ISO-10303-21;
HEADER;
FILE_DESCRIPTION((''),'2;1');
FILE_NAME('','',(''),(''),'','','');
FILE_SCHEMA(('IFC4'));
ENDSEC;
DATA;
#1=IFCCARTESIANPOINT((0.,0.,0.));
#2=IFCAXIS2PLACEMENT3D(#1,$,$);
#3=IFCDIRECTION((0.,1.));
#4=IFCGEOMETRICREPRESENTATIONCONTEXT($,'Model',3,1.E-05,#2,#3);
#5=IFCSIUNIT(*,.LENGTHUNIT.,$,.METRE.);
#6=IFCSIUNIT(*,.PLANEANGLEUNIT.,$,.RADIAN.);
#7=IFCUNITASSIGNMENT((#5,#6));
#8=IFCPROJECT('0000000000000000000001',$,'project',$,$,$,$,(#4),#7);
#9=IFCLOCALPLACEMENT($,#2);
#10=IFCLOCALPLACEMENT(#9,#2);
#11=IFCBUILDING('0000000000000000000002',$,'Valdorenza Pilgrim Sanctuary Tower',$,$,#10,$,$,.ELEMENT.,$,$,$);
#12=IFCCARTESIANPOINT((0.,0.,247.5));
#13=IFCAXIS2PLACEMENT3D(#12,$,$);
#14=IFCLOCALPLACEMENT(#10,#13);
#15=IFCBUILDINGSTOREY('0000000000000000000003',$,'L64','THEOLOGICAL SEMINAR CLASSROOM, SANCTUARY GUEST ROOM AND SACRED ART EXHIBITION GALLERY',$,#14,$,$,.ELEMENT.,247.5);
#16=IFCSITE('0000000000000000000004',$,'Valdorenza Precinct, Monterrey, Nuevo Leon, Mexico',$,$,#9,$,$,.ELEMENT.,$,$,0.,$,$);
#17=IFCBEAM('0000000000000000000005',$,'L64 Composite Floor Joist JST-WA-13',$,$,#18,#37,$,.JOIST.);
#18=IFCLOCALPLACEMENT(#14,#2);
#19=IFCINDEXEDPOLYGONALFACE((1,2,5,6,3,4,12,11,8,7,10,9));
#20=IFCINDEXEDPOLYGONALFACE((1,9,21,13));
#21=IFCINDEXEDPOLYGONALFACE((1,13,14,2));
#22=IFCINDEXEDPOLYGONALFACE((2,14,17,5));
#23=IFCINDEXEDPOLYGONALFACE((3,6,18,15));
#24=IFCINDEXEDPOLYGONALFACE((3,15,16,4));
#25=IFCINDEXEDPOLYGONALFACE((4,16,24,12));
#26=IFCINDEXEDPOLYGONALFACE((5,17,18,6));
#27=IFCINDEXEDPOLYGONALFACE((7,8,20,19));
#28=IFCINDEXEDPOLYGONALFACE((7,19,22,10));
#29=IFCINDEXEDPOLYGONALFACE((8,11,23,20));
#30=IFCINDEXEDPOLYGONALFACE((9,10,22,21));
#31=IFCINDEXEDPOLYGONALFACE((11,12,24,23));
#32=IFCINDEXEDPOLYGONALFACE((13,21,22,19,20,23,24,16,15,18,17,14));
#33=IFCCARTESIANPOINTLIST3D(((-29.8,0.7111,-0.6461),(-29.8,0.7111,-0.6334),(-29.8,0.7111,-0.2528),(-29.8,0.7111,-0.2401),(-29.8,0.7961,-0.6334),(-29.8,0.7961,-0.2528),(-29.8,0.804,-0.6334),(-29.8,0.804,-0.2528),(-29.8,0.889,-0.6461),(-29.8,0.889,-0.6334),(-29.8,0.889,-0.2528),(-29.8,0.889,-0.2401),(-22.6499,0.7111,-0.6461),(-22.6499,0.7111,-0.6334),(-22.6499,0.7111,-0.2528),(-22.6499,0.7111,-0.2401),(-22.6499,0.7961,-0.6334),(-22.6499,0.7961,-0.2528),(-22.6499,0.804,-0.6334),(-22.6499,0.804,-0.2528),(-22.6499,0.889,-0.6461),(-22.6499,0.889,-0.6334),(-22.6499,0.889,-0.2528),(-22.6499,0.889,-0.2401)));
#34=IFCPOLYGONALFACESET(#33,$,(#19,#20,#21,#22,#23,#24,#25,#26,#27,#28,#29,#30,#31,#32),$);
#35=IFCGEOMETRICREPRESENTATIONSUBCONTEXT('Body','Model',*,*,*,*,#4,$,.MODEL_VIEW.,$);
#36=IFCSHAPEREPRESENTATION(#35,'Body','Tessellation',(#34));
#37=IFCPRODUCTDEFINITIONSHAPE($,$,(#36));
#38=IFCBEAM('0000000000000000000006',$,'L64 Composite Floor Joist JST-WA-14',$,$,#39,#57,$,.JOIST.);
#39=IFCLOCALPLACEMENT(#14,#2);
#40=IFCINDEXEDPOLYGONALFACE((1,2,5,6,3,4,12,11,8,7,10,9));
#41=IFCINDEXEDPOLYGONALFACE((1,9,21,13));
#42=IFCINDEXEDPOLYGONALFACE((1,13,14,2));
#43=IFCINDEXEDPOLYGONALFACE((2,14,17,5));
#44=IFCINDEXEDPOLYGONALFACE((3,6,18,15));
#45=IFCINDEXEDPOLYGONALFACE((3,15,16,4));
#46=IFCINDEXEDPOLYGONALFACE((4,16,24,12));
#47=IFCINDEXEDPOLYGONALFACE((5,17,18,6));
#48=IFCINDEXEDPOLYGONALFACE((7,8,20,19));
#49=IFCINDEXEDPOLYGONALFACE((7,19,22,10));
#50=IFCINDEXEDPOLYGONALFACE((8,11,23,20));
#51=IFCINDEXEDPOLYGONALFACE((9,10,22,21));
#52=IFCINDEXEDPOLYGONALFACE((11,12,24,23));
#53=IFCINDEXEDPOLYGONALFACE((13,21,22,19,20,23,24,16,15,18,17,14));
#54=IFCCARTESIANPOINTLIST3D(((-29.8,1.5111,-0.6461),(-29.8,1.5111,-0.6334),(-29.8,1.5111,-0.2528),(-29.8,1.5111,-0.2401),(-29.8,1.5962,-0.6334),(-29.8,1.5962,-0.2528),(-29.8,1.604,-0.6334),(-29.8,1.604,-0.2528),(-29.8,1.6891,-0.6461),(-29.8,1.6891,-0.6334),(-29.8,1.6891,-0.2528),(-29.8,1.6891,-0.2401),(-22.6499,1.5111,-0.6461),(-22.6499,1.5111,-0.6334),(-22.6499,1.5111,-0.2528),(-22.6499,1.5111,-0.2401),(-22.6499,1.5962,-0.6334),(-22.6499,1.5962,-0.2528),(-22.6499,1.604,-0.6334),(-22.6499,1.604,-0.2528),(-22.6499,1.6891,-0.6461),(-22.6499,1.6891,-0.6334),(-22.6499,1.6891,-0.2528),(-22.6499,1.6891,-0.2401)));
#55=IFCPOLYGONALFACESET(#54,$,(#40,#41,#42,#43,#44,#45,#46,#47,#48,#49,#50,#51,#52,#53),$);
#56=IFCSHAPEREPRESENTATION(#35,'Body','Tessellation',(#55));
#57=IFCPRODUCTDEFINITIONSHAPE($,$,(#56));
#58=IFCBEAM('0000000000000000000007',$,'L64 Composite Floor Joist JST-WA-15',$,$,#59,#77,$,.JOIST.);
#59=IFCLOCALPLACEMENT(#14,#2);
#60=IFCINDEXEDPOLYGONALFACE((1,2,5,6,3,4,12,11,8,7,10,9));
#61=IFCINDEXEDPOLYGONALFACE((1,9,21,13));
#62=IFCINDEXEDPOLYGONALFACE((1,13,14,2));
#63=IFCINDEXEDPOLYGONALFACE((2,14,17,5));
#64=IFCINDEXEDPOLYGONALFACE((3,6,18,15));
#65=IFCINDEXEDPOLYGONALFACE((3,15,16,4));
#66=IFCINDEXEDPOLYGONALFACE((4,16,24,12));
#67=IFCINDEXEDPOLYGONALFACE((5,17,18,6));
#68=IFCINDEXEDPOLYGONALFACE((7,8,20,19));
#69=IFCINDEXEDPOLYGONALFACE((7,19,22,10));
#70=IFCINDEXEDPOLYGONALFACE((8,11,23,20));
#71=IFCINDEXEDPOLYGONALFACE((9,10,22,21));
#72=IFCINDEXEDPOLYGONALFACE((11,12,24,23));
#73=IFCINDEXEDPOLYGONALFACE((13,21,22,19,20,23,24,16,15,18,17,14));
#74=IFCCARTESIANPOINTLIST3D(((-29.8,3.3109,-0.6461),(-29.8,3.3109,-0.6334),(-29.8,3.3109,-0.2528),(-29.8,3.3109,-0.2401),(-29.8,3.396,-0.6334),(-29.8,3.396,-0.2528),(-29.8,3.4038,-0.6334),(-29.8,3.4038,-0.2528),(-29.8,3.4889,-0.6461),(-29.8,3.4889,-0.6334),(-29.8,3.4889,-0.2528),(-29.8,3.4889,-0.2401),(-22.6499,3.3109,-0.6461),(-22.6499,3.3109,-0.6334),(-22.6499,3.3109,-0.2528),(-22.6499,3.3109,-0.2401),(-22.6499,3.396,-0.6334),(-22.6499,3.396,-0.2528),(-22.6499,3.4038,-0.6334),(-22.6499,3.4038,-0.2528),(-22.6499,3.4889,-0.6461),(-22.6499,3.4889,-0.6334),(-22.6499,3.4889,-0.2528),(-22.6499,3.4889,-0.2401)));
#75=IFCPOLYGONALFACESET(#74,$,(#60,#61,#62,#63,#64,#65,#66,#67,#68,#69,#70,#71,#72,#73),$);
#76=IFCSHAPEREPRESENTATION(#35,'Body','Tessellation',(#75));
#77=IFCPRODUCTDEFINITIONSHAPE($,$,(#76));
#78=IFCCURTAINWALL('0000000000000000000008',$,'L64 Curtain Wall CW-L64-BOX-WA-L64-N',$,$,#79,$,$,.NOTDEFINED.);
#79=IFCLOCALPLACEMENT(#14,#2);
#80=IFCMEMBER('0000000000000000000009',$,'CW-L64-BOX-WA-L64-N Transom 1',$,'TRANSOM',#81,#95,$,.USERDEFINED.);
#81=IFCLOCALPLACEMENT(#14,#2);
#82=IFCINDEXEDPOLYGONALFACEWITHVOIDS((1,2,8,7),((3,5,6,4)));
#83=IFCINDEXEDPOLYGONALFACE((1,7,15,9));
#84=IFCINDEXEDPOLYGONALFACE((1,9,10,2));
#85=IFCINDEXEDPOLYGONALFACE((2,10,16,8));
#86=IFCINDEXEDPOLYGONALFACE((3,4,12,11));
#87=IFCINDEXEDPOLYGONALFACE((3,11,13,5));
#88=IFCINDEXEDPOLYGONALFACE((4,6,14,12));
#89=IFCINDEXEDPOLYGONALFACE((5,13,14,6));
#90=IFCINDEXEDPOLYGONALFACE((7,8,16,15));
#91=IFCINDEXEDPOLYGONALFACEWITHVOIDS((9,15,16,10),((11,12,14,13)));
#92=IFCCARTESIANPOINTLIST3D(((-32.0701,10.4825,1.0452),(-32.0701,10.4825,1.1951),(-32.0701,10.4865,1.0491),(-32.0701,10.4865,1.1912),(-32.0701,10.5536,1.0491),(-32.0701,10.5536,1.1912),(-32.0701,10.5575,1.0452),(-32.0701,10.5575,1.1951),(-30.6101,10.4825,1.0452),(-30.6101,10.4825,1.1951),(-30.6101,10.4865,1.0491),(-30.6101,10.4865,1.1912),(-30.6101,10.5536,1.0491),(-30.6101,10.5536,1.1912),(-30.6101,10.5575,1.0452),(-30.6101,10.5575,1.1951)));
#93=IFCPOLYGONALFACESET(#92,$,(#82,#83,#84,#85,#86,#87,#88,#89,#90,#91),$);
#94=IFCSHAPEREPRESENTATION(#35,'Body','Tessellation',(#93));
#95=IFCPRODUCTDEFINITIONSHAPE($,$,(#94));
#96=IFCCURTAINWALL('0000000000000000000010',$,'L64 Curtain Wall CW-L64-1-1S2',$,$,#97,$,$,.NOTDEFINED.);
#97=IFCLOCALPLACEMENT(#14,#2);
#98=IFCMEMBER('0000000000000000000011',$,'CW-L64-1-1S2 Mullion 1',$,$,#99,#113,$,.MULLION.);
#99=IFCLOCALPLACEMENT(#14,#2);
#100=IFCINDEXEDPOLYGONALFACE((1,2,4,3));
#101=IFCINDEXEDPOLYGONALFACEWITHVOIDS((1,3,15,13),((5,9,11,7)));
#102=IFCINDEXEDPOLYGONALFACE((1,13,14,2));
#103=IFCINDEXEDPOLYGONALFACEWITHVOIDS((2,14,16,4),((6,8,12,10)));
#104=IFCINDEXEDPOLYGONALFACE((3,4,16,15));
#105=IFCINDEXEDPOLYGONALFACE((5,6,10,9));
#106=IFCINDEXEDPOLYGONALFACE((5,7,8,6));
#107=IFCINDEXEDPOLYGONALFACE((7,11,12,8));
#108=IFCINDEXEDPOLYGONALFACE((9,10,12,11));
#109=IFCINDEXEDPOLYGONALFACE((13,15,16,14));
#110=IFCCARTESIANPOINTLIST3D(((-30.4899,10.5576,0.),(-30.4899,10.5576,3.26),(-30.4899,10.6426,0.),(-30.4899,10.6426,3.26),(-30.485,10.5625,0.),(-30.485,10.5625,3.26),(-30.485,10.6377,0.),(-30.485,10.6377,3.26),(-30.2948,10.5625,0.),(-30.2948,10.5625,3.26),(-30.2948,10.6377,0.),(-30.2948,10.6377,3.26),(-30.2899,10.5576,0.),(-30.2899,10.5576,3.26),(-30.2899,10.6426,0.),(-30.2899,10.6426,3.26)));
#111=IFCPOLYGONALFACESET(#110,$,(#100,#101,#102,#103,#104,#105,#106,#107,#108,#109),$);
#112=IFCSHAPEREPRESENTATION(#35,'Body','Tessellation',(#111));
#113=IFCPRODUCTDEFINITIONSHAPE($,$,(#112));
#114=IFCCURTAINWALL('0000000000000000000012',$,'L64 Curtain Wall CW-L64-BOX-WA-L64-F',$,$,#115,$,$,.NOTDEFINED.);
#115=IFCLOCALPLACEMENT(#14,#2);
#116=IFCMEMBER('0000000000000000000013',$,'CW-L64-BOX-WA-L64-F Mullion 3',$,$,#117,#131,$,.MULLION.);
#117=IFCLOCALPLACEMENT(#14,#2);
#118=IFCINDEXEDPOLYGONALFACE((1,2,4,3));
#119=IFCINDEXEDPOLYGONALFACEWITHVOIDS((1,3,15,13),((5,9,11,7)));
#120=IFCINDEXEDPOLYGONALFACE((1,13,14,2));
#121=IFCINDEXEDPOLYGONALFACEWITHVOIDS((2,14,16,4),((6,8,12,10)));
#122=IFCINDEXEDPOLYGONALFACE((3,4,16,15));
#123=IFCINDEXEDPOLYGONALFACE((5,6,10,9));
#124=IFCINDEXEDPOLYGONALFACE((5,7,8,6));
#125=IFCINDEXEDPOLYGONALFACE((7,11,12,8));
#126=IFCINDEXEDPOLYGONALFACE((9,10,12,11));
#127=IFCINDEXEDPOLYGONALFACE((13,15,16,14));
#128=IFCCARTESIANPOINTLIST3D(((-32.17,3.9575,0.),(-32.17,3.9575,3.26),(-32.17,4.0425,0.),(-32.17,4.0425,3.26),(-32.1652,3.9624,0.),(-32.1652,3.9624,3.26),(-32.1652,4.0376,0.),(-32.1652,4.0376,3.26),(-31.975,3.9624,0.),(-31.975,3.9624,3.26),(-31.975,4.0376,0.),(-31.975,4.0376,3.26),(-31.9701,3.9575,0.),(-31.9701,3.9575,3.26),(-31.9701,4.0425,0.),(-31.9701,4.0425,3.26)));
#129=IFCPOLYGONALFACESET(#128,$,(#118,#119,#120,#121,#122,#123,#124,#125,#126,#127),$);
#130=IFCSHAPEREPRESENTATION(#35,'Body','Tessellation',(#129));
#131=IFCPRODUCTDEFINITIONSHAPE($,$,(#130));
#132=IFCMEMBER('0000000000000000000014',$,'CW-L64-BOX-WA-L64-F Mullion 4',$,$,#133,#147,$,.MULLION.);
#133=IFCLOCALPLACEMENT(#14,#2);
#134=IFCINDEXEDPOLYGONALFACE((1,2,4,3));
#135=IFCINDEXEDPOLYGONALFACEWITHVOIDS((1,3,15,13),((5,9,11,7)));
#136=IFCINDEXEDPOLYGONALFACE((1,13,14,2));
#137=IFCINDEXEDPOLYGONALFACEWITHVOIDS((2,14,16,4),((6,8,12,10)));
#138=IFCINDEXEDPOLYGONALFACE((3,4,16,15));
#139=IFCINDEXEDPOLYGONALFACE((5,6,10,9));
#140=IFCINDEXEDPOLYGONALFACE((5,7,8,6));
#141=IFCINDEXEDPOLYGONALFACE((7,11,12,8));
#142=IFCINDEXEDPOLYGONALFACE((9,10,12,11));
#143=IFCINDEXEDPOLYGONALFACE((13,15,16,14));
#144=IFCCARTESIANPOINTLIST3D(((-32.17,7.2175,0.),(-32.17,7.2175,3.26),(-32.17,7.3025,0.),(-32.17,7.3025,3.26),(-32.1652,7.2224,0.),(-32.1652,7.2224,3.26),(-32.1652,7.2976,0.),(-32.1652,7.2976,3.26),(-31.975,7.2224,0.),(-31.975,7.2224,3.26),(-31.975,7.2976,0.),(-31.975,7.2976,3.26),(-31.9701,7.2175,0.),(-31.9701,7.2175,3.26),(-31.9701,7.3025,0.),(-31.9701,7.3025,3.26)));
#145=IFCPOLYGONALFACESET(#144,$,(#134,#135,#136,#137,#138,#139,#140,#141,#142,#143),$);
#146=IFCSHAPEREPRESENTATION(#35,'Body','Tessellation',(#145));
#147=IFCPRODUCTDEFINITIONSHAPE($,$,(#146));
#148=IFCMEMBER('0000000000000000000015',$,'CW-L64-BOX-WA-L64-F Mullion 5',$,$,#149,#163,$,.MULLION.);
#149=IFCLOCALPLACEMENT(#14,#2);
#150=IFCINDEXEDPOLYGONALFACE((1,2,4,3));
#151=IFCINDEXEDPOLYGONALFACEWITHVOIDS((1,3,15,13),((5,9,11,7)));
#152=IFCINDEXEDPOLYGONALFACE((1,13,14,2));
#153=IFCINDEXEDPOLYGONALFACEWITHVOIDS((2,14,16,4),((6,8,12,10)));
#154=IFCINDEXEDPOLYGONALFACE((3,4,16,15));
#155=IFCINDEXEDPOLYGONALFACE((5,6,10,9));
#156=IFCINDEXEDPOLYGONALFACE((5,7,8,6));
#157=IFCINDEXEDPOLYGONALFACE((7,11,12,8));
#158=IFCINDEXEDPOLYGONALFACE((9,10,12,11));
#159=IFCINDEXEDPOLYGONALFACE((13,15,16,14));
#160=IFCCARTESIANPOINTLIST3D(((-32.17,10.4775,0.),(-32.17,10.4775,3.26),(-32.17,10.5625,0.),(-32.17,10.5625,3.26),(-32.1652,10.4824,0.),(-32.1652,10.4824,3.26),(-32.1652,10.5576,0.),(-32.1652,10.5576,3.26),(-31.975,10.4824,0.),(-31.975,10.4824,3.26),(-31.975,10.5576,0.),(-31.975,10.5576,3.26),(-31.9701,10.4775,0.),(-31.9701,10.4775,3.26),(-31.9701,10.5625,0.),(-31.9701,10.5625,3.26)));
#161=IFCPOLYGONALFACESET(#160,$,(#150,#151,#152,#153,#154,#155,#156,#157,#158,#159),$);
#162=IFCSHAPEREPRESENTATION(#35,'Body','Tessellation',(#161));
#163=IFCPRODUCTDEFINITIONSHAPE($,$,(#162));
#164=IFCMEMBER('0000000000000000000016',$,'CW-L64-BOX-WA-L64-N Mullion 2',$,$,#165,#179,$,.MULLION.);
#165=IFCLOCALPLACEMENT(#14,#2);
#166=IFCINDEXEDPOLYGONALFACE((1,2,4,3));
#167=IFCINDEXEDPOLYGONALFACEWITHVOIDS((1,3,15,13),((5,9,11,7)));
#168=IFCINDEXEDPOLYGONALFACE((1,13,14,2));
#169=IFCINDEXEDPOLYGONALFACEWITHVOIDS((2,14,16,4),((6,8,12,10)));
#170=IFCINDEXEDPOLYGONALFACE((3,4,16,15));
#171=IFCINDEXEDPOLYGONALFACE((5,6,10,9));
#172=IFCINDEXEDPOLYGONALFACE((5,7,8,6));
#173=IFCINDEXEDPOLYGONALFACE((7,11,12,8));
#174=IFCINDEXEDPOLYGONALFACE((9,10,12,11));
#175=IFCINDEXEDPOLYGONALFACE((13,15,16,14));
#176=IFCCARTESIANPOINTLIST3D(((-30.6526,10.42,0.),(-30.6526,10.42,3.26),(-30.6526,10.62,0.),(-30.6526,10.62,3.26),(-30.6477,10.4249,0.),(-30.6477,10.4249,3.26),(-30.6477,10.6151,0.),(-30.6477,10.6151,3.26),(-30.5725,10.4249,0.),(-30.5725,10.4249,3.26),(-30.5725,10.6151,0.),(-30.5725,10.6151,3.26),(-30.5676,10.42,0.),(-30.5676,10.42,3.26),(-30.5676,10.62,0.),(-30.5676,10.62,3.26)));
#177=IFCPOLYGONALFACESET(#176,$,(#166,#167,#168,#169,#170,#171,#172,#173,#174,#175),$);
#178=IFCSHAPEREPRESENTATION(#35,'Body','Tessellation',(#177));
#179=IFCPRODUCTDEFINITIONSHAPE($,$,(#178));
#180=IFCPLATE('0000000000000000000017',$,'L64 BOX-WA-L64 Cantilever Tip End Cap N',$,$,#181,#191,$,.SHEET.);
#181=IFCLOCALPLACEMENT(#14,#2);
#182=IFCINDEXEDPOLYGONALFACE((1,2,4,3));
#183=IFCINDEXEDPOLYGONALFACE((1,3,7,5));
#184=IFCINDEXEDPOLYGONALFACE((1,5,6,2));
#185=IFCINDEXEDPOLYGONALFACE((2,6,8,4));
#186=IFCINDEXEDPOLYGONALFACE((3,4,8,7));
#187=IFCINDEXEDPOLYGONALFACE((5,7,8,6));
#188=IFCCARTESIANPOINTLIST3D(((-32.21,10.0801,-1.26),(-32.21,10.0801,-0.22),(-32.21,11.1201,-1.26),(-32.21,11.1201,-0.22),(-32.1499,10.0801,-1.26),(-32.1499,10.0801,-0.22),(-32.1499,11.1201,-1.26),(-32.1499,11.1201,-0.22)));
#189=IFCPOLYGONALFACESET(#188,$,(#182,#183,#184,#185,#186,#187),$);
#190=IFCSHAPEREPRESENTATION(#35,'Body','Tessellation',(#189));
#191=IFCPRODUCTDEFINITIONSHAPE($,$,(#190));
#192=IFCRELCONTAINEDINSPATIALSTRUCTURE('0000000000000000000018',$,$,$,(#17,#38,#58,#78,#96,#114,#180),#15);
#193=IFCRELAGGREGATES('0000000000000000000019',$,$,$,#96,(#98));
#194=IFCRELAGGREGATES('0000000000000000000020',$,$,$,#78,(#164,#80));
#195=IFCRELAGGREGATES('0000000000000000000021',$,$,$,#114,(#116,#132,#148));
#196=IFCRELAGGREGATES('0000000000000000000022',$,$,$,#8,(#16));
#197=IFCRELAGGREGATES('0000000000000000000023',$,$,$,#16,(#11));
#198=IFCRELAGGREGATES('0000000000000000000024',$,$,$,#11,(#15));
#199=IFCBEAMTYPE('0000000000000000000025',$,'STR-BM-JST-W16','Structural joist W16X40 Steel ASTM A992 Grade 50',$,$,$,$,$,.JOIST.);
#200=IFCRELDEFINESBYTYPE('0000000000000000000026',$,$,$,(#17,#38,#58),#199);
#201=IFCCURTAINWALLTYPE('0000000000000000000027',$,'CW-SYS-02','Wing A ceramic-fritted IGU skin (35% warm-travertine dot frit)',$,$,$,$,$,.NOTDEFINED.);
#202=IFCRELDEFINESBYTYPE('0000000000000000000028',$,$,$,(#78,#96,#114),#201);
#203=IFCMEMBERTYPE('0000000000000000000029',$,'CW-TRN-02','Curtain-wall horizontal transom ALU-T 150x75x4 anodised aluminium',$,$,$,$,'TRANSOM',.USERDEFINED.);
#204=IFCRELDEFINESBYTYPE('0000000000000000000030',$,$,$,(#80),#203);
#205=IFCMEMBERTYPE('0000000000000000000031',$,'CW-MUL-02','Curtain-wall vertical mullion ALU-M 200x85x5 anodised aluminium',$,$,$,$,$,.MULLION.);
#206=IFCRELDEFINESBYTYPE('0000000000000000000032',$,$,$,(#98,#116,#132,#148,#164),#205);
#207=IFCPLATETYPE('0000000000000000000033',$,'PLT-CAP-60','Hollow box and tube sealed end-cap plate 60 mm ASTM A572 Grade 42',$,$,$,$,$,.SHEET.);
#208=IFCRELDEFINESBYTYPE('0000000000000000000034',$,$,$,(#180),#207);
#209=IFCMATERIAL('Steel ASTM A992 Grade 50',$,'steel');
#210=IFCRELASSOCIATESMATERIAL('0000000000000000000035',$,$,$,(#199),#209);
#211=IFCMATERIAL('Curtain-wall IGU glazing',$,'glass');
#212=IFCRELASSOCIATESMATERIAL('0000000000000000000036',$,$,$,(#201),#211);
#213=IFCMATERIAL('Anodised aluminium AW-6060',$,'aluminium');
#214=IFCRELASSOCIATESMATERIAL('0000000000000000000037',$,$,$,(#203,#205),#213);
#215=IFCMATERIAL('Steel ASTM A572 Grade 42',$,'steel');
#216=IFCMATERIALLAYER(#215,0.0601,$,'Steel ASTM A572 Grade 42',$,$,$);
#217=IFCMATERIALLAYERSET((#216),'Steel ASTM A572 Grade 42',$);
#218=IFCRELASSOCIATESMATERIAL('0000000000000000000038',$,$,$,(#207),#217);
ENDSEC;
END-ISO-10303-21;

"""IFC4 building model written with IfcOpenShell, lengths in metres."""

from ifc_helpers import new_model, si_unit, direction, frame, origin, origin_2d, place, context, subcontext, project, spatial, rectangle, hollow_rectangle, i_section, extrude, source, transform, mapped, material, layer, layer_set, material_profile, profile_set, type_object, element, aggregate, save


model = new_model("IFC4")

# Units and contexts
model_context = context("Model", 3, precision=1e-05, world=origin(), true_north=direction((0.0, 1.0)))
body_context = subcontext(model_context, "Body", "Model", "MODEL_VIEW")
ifc_project = project(units=[si_unit("LENGTHUNIT", "METRE"), si_unit("PLANEANGLEUNIT", "RADIAN")], contexts=[model_context])

# Site, building, storey
site_placement = place(None, origin())
site = spatial("IfcSite", under=ifc_project, at=site_placement, Name="Valdorenza Precinct, Monterrey, Nuevo Leon, Mexico", CompositionType="ELEMENT", RefElevation=0.0)
building_placement = place(site_placement, origin())
building = spatial("IfcBuilding", under=site, at=building_placement, Name="Valdorenza Pilgrim Sanctuary Tower", CompositionType="ELEMENT")
storey_placement = place(building_placement, frame((0.0, 0.0, 247.5)))
storey = spatial("IfcBuildingStorey", under=building, at=storey_placement, Name="L64", Description="THEOLOGICAL SEMINAR CLASSROOM, SANCTUARY GUEST ROOM AND SACRED ART EXHIBITION GALLERY", CompositionType="ELEMENT", Elevation=247.5)

# Beams
ifc_material_1 = material(Name="Steel ASTM A992 Grade 50", Category="steel")
ifc_material_profile_1 = material_profile(ifc_material_1, i_section(OverallWidth=0.178, OverallDepth=0.406, WebThickness=0.0078, FlangeThickness=0.0127, at=origin_2d()), Name="W16X40")
ifc_profile_set_1 = profile_set([ifc_material_profile_1], Name="Steel ASTM A992 Grade 50")
beam_type = type_object("IfcBeamType", Name="STR-BM-JST-W16", Description="Structural joist W16X40 Steel ASTM A992 Grade 50", PredefinedType="JOIST", material=ifc_profile_set_1)
shared_shape_1 = source(origin(), body_context, "Body", "SweptSolid", [
    extrude(i_section(OverallWidth=0.178, OverallDepth=0.406, WebThickness=0.0078, FlangeThickness=0.0127, at=origin_2d()), origin(), (0.0, 0.0, 1.0), 7.1501),
])
for number, where, z_axis, x_axis, name in (
    (1, (-29.8, 0.8, -0.4431), (1.0, 0.0, 0.0), (0.0, 1.0, 0.0), "L64 Composite Floor Joist JST-WA-13"),
    (2, (-29.8, 1.6001, -0.4431), (1.0, 0.0, 0.0), (0.0, 1.0, 0.0), "L64 Composite Floor Joist JST-WA-14"),
    (3, (-29.8, 3.3999, -0.4431), (1.0, 0.0, 0.0), (0.0, 1.0, 0.0), "L64 Composite Floor Joist JST-WA-15"),
):
    element("IfcBeam", number, at=place(storey_placement, frame(where, z_axis=z_axis, x_axis=x_axis)), inside=storey, type_object=beam_type, Name=name, PredefinedType="JOIST", context=body_context, shape_type="MappedRepresentation", body=[
        mapped(shared_shape_1, transform((0.0, 0.0, 0.0), x_axis=(1.0, 0.0, 0.0), y_axis=(0.0, 1.0, 0.0), z_axis=(0.0, 0.0, 1.0), scale=1.0)),
    ])

# Curtain walls, members
ifc_material_2 = material(Name="Curtain-wall IGU glazing", Category="glass")
curtain_wall_type = type_object("IfcCurtainWallType", Name="CW-SYS-02", Description="Wing A ceramic-fritted IGU skin (35% warm-travertine dot frit)", PredefinedType="NOTDEFINED", material=ifc_material_2)
curtain_wall_1_placement = place(storey_placement, origin())
curtain_wall_1 = element("IfcCurtainWall", 4, at=curtain_wall_1_placement, inside=storey, type_object=curtain_wall_type, Name="L64 Curtain Wall CW-L64-BOX-WA-L64-N", PredefinedType="NOTDEFINED")
ifc_material_3 = material(Name="Anodised aluminium AW-6060", Category="aluminium")
ifc_material_profile_2 = material_profile(ifc_material_3, hollow_rectangle(XDim=0.075, YDim=0.1499, WallThickness=0.0039, at=origin_2d()), Name="ALU-T 150x75x4")
ifc_profile_set_2 = profile_set([ifc_material_profile_2], Name="Anodised aluminium AW-6060")
member_type_1 = type_object("IfcMemberType", Name="CW-TRN-02", Description="Curtain-wall horizontal transom ALU-T 150x75x4 anodised aluminium", ElementType="TRANSOM", PredefinedType="USERDEFINED", material=ifc_profile_set_2)
shared_shape_2 = source(origin(), body_context, "Body", "SweptSolid", [
    extrude(hollow_rectangle(XDim=0.075, YDim=0.1499, WallThickness=0.0039, at=origin_2d()), origin(), (0.0, 0.0, 1.0), 1.46),
])
member_1_placement = place(storey_placement, frame((-32.0701, 10.52, 1.1201), z_axis=(1.0, 0.0, 0.0), x_axis=(0.0, 1.0, 0.0)))
member_1 = element("IfcMember", 5, at=member_1_placement, type_object=member_type_1, Name="CW-L64-BOX-WA-L64-N Transom 1", ObjectType="TRANSOM", PredefinedType="USERDEFINED", context=body_context, shape_type="MappedRepresentation", body=[
    mapped(shared_shape_2, transform((0.0, 0.0, 0.0), x_axis=(1.0, 0.0, 0.0), y_axis=(0.0, 1.0, 0.0), z_axis=(0.0, 0.0, 1.0), scale=1.0)),
])
curtain_wall_2_placement = place(storey_placement, origin())
curtain_wall_2 = element("IfcCurtainWall", 6, at=curtain_wall_2_placement, inside=storey, type_object=curtain_wall_type, Name="L64 Curtain Wall CW-L64-1-1S2", PredefinedType="NOTDEFINED")
ifc_material_profile_3 = material_profile(ifc_material_3, hollow_rectangle(XDim=0.085, YDim=0.2, WallThickness=0.0049, at=origin_2d()), Name="ALU-M 200x85x5")
ifc_profile_set_3 = profile_set([ifc_material_profile_3], Name="Anodised aluminium AW-6060")
member_type_2 = type_object("IfcMemberType", Name="CW-MUL-02", Description="Curtain-wall vertical mullion ALU-M 200x85x5 anodised aluminium", PredefinedType="MULLION", material=ifc_profile_set_3)
shared_shape_3 = source(origin(), body_context, "Body", "SweptSolid", [
    extrude(hollow_rectangle(XDim=0.085, YDim=0.2, WallThickness=0.0049, at=origin_2d()), origin(), (0.0, 0.0, 1.0), 3.26),
])
member_2_placement = place(storey_placement, frame((-30.3899, 10.6001, 0.0), z_axis=(0.0, 0.0, 1.0), x_axis=(0.0, 1.0, 0.0)))
member_2 = element("IfcMember", 7, at=member_2_placement, type_object=member_type_2, Name="CW-L64-1-1S2 Mullion 1", PredefinedType="MULLION", context=body_context, shape_type="MappedRepresentation", body=[
    mapped(shared_shape_3, transform((0.0, 0.0, 0.0), x_axis=(1.0, 0.0, 0.0), y_axis=(0.0, 1.0, 0.0), z_axis=(0.0, 0.0, 1.0), scale=1.0)),
])
aggregate(curtain_wall_2, [member_2])

# Curtain wall, members
curtain_wall_3_placement = place(storey_placement, origin())
curtain_wall_3 = element("IfcCurtainWall", 8, at=curtain_wall_3_placement, inside=storey, type_object=curtain_wall_type, Name="L64 Curtain Wall CW-L64-BOX-WA-L64-F", PredefinedType="NOTDEFINED")
member_3_placement = place(storey_placement, frame((-32.0701, 4.0, 0.0), z_axis=(0.0, 0.0, 1.0), x_axis=(0.0, 1.0, 0.0)))
member_3 = element("IfcMember", 9, at=member_3_placement, type_object=member_type_2, Name="CW-L64-BOX-WA-L64-F Mullion 3", PredefinedType="MULLION", context=body_context, shape_type="MappedRepresentation", body=[
    mapped(shared_shape_3, transform((0.0, 0.0, 0.0), x_axis=(1.0, 0.0, 0.0), y_axis=(0.0, 1.0, 0.0), z_axis=(0.0, 0.0, 1.0), scale=1.0)),
])
member_4_placement = place(storey_placement, frame((-32.0701, 7.26, 0.0), z_axis=(0.0, 0.0, 1.0), x_axis=(0.0, 1.0, 0.0)))
member_4 = element("IfcMember", 10, at=member_4_placement, type_object=member_type_2, Name="CW-L64-BOX-WA-L64-F Mullion 4", PredefinedType="MULLION", context=body_context, shape_type="MappedRepresentation", body=[
    mapped(shared_shape_3, transform((0.0, 0.0, 0.0), x_axis=(1.0, 0.0, 0.0), y_axis=(0.0, 1.0, 0.0), z_axis=(0.0, 0.0, 1.0), scale=1.0)),
])
member_5_placement = place(storey_placement, frame((-32.0701, 10.52, 0.0), z_axis=(0.0, 0.0, 1.0), x_axis=(0.0, 1.0, 0.0)))
member_5 = element("IfcMember", 11, at=member_5_placement, type_object=member_type_2, Name="CW-L64-BOX-WA-L64-F Mullion 5", PredefinedType="MULLION", context=body_context, shape_type="MappedRepresentation", body=[
    mapped(shared_shape_3, transform((0.0, 0.0, 0.0), x_axis=(1.0, 0.0, 0.0), y_axis=(0.0, 1.0, 0.0), z_axis=(0.0, 0.0, 1.0), scale=1.0)),
])

# Member
member_6_placement = place(storey_placement, frame((-30.6101, 10.52, 0.0), z_axis=(0.0, 0.0, 1.0), x_axis=(1.0, 0.0, 0.0)))
member_6 = element("IfcMember", 12, at=member_6_placement, type_object=member_type_2, Name="CW-L64-BOX-WA-L64-N Mullion 2", PredefinedType="MULLION", context=body_context, shape_type="MappedRepresentation", body=[
    mapped(shared_shape_3, transform((0.0, 0.0, 0.0), x_axis=(1.0, 0.0, 0.0), y_axis=(0.0, 1.0, 0.0), z_axis=(0.0, 0.0, 1.0), scale=1.0)),
])

# Plate
ifc_material_4 = material(Name="Steel ASTM A572 Grade 42", Category="steel")
ifc_layer_1 = layer(ifc_material_4, 0.0601, Name="Steel ASTM A572 Grade 42")
ifc_layer_set_1 = layer_set([ifc_layer_1], Name="Steel ASTM A572 Grade 42")
plate_type_1 = type_object("IfcPlateType", Name="PLT-CAP-60", Description="Hollow box and tube sealed end-cap plate 60 mm ASTM A572 Grade 42", PredefinedType="SHEET", material=ifc_layer_set_1)
shared_shape_4 = source(origin(), body_context, "Body", "SweptSolid", [
    extrude(rectangle(XDim=0.0601, YDim=1.04, at=origin_2d()), origin(), (0.0, 0.0, 1.0), 1.04),
])
plate_1_placement = place(storey_placement, frame((-32.1799, 10.6001, -1.26), z_axis=(0.0, 0.0, 1.0), x_axis=(1.0, 0.0, 0.0)))
element("IfcPlate", 13, at=plate_1_placement, inside=storey, type_object=plate_type_1, Name="L64 BOX-WA-L64 Cantilever Tip End Cap N", PredefinedType="SHEET", context=body_context, shape_type="MappedRepresentation", body=[
    mapped(shared_shape_4, transform((0.0, 0.0, 0.0), x_axis=(1.0, 0.0, 0.0), y_axis=(0.0, 1.0, 0.0), z_axis=(0.0, 0.0, 1.0), scale=1.0)),
])
aggregate(curtain_wall_1, [member_6, member_1])
aggregate(curtain_wall_3, [member_3, member_4, member_5])

save(model, "model.ifc")
